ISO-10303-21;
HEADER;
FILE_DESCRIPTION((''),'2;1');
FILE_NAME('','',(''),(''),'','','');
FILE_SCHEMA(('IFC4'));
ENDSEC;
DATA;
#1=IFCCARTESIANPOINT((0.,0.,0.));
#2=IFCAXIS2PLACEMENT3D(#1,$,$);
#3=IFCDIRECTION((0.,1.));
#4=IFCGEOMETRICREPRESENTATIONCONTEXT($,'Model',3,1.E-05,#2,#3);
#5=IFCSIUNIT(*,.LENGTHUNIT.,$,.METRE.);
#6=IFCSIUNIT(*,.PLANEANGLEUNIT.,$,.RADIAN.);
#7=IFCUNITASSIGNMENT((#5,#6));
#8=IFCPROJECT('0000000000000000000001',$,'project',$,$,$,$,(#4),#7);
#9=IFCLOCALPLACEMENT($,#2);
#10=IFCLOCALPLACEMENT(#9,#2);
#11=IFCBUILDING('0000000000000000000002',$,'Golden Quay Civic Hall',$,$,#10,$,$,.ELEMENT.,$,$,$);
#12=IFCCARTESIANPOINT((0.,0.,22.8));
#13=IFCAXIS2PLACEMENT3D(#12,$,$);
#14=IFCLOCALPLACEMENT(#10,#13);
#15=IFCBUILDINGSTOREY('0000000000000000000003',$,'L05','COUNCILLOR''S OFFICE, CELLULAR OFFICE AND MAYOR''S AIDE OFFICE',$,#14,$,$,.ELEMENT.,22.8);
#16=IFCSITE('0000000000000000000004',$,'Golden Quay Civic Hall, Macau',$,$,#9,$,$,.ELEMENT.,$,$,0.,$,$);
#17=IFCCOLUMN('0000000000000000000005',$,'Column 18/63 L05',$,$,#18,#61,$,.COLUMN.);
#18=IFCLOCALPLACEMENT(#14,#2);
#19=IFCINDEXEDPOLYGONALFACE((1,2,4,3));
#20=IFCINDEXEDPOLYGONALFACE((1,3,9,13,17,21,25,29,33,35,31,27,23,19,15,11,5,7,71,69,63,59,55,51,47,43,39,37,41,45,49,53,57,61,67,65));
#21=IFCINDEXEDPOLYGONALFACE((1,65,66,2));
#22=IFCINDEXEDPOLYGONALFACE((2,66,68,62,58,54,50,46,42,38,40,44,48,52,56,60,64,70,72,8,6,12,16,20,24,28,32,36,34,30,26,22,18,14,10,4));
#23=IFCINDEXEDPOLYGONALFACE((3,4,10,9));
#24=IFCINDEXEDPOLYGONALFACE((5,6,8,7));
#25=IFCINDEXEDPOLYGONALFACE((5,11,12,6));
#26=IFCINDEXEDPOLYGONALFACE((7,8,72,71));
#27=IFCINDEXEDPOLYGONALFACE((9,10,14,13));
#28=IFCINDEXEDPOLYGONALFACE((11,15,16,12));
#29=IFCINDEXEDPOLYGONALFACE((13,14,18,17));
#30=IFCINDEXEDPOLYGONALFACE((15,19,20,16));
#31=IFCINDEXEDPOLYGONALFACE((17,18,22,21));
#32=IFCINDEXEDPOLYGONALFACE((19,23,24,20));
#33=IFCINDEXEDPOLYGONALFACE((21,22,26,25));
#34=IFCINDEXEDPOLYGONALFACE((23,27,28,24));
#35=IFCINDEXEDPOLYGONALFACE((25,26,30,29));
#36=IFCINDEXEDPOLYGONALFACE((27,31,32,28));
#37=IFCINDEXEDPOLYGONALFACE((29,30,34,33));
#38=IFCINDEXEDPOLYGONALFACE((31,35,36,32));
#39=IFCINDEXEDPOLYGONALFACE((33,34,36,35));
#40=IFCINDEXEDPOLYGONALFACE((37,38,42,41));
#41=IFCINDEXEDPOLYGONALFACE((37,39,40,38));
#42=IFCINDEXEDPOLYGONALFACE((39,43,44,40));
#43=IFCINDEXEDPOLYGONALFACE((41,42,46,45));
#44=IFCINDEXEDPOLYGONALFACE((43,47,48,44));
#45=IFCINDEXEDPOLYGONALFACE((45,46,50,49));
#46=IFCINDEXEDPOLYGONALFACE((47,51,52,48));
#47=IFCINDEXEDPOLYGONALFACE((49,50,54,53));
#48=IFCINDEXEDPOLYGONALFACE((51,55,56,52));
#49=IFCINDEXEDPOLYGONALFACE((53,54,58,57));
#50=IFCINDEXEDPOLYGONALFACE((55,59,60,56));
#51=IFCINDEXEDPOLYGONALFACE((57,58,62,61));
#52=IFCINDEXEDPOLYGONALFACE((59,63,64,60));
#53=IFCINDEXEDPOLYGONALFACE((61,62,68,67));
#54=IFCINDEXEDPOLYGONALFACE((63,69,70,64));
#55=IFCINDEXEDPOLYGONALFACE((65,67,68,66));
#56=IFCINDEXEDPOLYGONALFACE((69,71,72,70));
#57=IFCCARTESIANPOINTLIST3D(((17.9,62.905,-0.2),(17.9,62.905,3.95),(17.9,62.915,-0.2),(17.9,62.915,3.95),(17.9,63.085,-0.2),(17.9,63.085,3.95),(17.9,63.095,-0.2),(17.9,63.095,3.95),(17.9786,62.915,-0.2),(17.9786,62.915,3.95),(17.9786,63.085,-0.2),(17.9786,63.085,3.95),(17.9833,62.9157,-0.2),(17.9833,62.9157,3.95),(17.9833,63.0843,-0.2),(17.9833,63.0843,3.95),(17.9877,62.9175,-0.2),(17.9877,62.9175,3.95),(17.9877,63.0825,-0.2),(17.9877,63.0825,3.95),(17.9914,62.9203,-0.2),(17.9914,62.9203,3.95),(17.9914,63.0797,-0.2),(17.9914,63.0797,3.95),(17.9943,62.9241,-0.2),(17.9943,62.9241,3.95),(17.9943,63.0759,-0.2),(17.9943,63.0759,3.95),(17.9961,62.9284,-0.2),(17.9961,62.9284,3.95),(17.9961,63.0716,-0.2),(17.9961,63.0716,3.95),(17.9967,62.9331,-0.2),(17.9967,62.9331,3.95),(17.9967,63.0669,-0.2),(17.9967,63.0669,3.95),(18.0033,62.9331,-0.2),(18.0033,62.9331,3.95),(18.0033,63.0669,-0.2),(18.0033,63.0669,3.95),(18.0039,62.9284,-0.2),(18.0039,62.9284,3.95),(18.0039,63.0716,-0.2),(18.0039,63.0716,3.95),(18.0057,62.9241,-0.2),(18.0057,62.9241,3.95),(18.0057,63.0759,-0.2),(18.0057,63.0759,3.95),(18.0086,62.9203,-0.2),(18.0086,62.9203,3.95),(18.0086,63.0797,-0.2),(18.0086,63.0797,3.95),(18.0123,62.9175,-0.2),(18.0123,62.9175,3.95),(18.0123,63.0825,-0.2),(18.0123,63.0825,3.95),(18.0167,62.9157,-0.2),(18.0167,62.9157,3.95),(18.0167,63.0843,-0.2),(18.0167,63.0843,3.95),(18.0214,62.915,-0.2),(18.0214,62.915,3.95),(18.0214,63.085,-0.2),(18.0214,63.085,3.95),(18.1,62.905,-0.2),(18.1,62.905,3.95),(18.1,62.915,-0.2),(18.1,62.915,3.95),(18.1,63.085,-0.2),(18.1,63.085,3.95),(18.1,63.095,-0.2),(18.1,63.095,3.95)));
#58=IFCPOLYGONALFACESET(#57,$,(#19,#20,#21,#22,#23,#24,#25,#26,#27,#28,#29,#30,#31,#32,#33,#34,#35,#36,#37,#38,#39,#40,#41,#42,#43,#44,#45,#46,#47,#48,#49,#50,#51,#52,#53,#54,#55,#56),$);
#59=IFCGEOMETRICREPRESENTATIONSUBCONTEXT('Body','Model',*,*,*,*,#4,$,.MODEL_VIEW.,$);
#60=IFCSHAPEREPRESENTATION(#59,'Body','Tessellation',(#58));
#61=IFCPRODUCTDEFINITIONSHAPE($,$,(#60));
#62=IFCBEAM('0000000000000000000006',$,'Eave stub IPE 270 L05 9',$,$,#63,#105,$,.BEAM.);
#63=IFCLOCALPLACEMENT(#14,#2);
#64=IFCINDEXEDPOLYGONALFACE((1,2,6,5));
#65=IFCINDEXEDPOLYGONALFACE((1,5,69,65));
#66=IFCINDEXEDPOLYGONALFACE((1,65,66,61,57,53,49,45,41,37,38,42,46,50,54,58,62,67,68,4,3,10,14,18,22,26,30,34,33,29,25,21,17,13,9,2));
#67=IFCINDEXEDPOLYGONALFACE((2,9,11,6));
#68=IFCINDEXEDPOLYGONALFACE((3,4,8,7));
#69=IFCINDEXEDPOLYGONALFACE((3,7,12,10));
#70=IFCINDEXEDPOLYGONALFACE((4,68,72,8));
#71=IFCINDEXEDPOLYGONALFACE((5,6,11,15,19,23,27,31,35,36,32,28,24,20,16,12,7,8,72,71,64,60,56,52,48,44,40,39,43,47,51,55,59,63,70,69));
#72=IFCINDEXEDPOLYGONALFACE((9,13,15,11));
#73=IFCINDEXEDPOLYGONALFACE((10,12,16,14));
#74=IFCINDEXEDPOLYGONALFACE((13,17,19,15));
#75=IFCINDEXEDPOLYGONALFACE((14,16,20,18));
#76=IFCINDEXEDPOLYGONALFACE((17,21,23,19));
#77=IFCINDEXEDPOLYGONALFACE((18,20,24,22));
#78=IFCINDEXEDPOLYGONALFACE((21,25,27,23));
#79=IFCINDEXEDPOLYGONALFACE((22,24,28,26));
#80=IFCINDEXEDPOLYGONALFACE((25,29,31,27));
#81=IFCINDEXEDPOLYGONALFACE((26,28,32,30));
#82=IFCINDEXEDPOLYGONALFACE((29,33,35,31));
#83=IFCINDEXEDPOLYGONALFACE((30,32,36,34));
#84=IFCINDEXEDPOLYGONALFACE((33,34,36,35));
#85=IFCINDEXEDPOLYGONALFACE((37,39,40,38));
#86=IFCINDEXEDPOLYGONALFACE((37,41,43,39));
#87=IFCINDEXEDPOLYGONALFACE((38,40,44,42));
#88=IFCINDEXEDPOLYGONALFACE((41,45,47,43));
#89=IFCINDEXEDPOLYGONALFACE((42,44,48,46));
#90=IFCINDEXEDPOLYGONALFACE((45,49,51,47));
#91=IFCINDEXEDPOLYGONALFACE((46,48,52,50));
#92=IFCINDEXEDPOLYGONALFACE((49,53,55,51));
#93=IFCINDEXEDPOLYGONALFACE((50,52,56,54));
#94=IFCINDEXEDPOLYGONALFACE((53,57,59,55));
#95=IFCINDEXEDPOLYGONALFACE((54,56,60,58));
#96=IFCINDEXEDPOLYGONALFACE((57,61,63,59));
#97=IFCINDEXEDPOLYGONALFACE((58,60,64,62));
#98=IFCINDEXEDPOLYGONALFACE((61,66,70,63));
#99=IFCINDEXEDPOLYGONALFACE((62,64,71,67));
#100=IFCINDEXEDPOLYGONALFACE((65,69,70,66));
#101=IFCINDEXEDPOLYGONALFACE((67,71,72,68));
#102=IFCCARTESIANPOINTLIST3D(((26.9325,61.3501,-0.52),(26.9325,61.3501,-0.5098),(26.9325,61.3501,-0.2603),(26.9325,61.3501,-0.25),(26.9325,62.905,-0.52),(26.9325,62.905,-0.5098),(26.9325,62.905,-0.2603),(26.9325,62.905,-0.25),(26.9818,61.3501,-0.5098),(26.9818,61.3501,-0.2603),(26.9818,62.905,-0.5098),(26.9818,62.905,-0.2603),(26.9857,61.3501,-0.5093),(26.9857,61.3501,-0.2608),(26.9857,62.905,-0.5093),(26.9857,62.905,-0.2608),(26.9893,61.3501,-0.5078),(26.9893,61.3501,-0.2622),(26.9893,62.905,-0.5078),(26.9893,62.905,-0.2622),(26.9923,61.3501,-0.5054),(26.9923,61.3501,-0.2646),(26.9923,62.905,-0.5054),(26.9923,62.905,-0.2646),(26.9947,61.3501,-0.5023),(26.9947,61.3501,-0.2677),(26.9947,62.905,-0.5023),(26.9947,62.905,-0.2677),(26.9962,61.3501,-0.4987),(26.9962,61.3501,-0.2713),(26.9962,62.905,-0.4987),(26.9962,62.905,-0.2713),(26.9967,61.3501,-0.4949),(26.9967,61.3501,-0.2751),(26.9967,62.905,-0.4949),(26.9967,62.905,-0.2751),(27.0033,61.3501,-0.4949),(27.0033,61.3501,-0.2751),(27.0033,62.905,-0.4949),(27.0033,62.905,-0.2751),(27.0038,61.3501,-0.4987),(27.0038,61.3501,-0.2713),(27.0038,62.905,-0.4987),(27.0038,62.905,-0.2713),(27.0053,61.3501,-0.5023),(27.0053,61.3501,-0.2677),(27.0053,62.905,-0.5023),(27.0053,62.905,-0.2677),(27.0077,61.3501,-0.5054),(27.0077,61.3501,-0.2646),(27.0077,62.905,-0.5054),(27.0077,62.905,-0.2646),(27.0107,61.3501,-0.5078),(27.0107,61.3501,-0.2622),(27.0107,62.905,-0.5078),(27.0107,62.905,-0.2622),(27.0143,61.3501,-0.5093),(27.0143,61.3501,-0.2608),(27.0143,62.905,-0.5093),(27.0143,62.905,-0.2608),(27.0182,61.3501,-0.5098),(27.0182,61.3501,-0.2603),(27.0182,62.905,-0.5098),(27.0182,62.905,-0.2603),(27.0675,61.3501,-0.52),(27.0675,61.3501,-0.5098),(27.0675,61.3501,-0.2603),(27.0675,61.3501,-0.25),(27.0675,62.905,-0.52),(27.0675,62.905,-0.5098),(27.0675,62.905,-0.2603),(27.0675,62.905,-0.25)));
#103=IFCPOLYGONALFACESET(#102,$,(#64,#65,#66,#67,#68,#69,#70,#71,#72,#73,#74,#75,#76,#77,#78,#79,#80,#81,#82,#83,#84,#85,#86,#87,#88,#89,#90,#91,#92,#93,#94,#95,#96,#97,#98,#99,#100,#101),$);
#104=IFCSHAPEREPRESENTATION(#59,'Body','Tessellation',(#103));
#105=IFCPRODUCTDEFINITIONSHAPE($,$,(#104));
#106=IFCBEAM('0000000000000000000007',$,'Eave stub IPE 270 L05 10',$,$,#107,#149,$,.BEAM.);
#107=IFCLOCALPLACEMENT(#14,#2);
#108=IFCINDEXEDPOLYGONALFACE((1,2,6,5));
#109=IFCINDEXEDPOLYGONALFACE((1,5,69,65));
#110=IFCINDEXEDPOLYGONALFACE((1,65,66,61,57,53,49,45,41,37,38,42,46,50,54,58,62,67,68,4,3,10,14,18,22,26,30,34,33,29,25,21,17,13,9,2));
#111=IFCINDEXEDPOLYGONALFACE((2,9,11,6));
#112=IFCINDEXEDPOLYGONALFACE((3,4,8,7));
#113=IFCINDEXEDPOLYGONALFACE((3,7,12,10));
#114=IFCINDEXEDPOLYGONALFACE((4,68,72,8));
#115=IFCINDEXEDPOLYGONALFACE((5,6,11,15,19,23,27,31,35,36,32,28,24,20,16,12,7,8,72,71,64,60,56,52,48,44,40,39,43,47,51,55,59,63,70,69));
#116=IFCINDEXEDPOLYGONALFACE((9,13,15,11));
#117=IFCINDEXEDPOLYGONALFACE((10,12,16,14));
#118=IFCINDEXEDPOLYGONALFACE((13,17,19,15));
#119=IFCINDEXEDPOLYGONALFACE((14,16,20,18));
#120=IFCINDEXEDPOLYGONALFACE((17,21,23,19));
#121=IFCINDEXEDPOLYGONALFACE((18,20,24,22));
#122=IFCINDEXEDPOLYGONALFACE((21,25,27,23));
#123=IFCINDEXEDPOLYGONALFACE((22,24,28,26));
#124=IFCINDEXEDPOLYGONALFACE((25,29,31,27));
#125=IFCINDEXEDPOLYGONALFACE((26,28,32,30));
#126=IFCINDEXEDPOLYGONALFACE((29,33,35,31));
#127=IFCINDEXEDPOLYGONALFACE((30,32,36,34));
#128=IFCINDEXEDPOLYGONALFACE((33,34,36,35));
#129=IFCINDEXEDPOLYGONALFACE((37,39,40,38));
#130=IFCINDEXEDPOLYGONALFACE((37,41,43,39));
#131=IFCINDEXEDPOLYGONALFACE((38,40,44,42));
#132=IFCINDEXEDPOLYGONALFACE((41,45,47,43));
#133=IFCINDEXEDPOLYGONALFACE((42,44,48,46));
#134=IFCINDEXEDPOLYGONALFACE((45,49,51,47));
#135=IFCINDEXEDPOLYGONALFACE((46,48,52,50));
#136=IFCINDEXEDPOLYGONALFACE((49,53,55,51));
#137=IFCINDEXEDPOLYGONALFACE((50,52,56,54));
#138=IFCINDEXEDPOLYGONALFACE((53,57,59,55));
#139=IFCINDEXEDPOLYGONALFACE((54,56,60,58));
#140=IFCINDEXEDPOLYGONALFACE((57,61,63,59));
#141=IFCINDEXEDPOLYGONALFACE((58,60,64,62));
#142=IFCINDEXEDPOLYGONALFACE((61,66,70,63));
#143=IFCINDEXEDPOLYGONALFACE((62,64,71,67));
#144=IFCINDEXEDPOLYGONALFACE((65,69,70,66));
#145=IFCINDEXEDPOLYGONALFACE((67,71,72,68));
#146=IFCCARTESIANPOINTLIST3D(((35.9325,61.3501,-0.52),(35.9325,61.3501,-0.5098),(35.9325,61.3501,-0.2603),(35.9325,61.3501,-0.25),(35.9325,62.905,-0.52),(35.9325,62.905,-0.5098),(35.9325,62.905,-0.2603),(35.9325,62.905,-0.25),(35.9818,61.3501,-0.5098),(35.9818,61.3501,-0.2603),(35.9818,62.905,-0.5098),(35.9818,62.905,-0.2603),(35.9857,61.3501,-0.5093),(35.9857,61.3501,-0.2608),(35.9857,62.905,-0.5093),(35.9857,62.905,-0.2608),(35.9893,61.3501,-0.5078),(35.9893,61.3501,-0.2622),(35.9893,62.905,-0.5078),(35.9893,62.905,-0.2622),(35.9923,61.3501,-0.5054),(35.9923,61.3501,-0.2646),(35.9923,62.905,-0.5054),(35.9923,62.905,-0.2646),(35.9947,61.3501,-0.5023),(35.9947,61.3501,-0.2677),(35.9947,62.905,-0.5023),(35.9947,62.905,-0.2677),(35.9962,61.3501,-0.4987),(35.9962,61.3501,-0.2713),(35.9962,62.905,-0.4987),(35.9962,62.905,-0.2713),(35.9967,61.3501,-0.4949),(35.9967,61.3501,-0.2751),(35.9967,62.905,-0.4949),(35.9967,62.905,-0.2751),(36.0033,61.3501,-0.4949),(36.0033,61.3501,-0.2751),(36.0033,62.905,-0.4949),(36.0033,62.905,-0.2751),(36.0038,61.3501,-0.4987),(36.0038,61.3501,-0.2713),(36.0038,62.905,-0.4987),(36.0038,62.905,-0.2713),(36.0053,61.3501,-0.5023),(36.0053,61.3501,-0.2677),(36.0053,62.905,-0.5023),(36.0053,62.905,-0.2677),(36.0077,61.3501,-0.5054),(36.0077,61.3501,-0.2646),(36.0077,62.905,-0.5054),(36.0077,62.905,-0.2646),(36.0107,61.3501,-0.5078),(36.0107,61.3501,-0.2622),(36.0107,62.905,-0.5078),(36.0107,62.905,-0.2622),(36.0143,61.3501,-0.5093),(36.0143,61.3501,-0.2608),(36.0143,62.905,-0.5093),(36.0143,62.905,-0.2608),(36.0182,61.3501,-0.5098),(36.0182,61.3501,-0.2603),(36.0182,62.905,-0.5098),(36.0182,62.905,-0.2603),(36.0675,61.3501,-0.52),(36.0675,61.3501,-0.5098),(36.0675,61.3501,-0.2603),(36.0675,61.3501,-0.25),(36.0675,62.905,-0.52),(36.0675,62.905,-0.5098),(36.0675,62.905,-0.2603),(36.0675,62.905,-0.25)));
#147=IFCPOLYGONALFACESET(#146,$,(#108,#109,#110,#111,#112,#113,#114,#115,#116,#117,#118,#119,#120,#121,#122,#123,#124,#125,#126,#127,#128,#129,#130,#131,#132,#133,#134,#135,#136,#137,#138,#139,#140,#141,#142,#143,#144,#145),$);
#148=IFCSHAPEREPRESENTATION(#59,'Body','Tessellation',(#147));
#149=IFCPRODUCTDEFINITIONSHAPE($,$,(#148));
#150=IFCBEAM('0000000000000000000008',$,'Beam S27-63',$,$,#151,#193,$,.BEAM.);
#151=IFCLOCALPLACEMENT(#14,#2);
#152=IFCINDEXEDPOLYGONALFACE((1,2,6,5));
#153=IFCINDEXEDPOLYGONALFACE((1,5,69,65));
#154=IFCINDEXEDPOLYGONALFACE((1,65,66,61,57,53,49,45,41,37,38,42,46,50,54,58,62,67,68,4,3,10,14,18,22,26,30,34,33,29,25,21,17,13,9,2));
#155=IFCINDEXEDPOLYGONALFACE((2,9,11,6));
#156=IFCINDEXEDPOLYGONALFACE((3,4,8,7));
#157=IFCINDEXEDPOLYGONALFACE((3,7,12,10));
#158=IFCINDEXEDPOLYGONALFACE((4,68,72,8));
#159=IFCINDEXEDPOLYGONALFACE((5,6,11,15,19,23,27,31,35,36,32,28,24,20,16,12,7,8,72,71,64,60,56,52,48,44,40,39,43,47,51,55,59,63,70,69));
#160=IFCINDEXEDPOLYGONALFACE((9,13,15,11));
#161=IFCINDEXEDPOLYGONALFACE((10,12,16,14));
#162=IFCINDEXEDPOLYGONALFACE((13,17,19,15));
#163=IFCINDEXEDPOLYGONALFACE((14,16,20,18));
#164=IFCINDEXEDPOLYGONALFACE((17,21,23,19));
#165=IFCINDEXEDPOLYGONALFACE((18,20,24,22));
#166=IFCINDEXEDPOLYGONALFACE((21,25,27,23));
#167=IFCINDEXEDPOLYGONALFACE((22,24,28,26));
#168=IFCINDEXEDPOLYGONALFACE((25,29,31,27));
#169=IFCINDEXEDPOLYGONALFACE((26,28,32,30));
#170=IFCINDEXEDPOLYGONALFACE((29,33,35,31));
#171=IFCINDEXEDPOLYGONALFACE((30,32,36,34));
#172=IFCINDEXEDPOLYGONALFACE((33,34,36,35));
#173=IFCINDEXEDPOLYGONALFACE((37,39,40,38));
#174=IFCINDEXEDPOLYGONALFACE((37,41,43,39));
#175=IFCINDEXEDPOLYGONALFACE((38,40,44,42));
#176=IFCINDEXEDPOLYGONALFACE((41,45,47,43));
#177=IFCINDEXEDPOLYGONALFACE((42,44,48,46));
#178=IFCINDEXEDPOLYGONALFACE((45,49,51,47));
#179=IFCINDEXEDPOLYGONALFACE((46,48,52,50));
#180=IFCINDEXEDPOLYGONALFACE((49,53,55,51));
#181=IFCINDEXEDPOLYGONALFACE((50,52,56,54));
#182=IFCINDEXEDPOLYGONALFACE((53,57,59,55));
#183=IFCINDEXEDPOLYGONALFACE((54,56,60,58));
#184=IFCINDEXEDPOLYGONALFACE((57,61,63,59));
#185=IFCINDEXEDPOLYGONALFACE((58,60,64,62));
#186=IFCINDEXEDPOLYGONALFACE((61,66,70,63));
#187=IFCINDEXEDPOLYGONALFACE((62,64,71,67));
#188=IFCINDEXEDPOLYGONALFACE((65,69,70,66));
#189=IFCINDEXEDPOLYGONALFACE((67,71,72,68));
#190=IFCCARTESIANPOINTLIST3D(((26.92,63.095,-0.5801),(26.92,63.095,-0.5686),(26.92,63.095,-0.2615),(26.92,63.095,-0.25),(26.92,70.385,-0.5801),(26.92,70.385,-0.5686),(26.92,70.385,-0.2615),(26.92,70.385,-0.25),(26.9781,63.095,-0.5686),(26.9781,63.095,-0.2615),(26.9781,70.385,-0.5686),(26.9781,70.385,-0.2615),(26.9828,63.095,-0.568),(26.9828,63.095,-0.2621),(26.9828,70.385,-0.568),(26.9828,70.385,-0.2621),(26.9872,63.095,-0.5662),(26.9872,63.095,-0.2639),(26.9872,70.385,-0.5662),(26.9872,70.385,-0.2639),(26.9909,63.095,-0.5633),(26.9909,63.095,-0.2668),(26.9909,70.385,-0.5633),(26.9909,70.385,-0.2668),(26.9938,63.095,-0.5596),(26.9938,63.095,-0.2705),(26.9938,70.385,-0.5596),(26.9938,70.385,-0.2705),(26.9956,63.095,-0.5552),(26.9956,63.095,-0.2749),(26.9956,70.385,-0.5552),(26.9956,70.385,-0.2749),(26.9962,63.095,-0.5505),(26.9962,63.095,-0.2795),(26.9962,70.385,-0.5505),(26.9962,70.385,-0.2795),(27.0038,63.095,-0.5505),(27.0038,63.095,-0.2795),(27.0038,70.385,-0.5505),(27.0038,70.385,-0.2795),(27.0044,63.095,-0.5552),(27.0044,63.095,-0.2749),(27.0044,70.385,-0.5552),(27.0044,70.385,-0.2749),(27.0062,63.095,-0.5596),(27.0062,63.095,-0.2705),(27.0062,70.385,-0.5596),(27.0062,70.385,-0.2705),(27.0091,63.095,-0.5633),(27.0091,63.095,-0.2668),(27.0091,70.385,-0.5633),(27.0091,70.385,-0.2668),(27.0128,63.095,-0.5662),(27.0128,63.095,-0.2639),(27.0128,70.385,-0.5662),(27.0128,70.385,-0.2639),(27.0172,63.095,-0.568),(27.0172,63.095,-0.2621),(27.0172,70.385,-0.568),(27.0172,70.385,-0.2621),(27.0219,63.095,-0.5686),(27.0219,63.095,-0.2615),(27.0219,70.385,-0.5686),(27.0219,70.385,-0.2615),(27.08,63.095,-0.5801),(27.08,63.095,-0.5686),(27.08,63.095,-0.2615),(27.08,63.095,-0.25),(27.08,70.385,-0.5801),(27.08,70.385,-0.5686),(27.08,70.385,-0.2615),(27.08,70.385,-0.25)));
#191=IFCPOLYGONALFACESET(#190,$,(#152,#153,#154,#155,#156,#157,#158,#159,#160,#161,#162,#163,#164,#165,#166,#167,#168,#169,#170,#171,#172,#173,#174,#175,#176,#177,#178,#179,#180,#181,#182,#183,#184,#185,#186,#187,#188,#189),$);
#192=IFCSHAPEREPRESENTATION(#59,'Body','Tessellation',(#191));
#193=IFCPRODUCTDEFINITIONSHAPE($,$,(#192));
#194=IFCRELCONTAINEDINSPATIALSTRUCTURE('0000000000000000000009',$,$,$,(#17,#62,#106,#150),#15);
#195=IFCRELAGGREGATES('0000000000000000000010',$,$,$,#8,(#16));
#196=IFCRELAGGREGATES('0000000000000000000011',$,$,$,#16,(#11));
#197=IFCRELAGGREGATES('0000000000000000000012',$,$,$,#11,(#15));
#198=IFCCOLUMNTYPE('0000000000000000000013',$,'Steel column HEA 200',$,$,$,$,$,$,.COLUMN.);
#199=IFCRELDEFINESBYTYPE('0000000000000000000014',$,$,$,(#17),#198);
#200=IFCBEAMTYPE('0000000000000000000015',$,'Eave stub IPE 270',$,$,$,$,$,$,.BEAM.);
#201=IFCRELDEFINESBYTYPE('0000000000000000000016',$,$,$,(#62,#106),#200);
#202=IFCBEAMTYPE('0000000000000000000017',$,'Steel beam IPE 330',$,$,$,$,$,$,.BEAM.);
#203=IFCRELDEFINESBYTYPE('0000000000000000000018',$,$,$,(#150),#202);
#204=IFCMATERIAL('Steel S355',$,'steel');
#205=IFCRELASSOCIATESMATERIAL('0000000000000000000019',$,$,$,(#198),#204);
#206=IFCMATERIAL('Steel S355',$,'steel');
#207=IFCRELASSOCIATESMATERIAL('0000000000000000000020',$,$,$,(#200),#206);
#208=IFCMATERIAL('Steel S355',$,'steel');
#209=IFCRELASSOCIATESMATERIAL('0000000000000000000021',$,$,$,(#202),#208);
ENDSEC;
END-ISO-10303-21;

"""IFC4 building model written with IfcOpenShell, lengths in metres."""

from ifc_helpers import new_model, si_unit, direction, frame, origin, origin_2d, place, context, subcontext, project, spatial, i_section, extrude, material, material_profile, profile_set, type_object, element, save


model = new_model("IFC4")

# Units and contexts
model_context = context("Model", 3, precision=1e-05, world=origin(), true_north=direction((0.0, 1.0)))
body_context = subcontext(model_context, "Body", "Model", "MODEL_VIEW")
ifc_project = project(units=[si_unit("LENGTHUNIT", "METRE"), si_unit("PLANEANGLEUNIT", "RADIAN")], contexts=[model_context])

# Site, building, storey
site_placement = place(None, origin())
site = spatial("IfcSite", under=ifc_project, at=site_placement, Name="Golden Quay Civic Hall, Macau", CompositionType="ELEMENT", RefElevation=0.0)
building_placement = place(site_placement, origin())
building = spatial("IfcBuilding", under=site, at=building_placement, Name="Golden Quay Civic Hall", CompositionType="ELEMENT")
storey_placement = place(building_placement, frame((0.0, 0.0, 22.8)))
storey = spatial("IfcBuildingStorey", under=building, at=storey_placement, Name="L05", Description="COUNCILLOR'S OFFICE, CELLULAR OFFICE AND MAYOR'S AIDE OFFICE", CompositionType="ELEMENT", Elevation=22.8)

# Column
ifc_material_1 = material(Name="Steel S355", Category="steel")
ifc_material_profile_1 = material_profile(ifc_material_1, i_section(OverallWidth=0.2, OverallDepth=0.1899, WebThickness=0.0066, FlangeThickness=0.01, FilletRadius=0.0181, at=origin_2d()), Name="HEA 200")
ifc_profile_set_1 = profile_set([ifc_material_profile_1], Name="Steel S355")
column_type = type_object("IfcColumnType", Name="Steel column HEA 200", PredefinedType="COLUMN", material=ifc_profile_set_1)
column_placement = place(storey_placement, frame((18.0, 63.0, -0.2), z_axis=(0.0, 0.0, 1.0), x_axis=(1.0, 0.0, 0.0)))
element("IfcColumn", 1, at=column_placement, inside=storey, type_object=column_type, Name="Column 18/63 L05", PredefinedType="COLUMN", context=body_context, shape_type="SweptSolid", body=[
    extrude(i_section(OverallWidth=0.2, OverallDepth=0.1899, WebThickness=0.0066, FlangeThickness=0.01, FilletRadius=0.0181, at=origin_2d()), origin(), (0.0, 0.0, 1.0), 4.1499),
])

# Beams
ifc_material_2 = material(Name="Steel S355", Category="steel")
ifc_material_profile_2 = material_profile(ifc_material_2, i_section(OverallWidth=0.135, OverallDepth=0.27, WebThickness=0.0066, FlangeThickness=0.0103, FilletRadius=0.0149, at=origin_2d()), Name="IPE 270")
ifc_profile_set_2 = profile_set([ifc_material_profile_2], Name="Steel S355")
beam_type_1 = type_object("IfcBeamType", Name="Eave stub IPE 270", PredefinedType="BEAM", material=ifc_profile_set_2)
for number, where, z_axis, x_axis, name in (
    (2, (27.0, 62.905, -0.385), (0.0, -1.0, 0.0), (1.0, 0.0, 0.0), "Eave stub IPE 270 L05 9"),
    (3, (36.0, 62.905, -0.385), (0.0, -1.0, 0.0), (1.0, 0.0, 0.0), "Eave stub IPE 270 L05 10"),
):
    element("IfcBeam", number, at=place(storey_placement, frame(where, z_axis=z_axis, x_axis=x_axis)), inside=storey, type_object=beam_type_1, Name=name, PredefinedType="BEAM", context=body_context, shape_type="SweptSolid", body=[
        extrude(i_section(OverallWidth=0.135, OverallDepth=0.27, WebThickness=0.0066, FlangeThickness=0.0103, FilletRadius=0.0149, at=origin_2d()), origin(), (0.0, 0.0, 1.0), 1.5549),
    ])
ifc_material_3 = material(Name="Steel S355", Category="steel")
ifc_material_profile_3 = material_profile(ifc_material_3, i_section(OverallWidth=0.1599, OverallDepth=0.3301, WebThickness=0.0076, FlangeThickness=0.0115, FilletRadius=0.0181, at=origin_2d()), Name="IPE 330")
ifc_profile_set_3 = profile_set([ifc_material_profile_3], Name="Steel S355")
beam_type_2 = type_object("IfcBeamType", Name="Steel beam IPE 330", PredefinedType="BEAM", material=ifc_profile_set_3)
for number, where, z_axis, x_axis, name in (
    (4, (27.0, 63.095, -0.415), (0.0, 1.0, 0.0), (-1.0, 0.0, 0.0), "Beam S27-63"),
):
    element("IfcBeam", number, at=place(storey_placement, frame(where, z_axis=z_axis, x_axis=x_axis)), inside=storey, type_object=beam_type_2, Name=name, PredefinedType="BEAM", context=body_context, shape_type="SweptSolid", body=[
        extrude(i_section(OverallWidth=0.1599, OverallDepth=0.3301, WebThickness=0.0076, FlangeThickness=0.0115, FilletRadius=0.0181, at=origin_2d()), origin(), (0.0, 0.0, 1.0), 7.29),
    ])

save(model, "model.ifc")
